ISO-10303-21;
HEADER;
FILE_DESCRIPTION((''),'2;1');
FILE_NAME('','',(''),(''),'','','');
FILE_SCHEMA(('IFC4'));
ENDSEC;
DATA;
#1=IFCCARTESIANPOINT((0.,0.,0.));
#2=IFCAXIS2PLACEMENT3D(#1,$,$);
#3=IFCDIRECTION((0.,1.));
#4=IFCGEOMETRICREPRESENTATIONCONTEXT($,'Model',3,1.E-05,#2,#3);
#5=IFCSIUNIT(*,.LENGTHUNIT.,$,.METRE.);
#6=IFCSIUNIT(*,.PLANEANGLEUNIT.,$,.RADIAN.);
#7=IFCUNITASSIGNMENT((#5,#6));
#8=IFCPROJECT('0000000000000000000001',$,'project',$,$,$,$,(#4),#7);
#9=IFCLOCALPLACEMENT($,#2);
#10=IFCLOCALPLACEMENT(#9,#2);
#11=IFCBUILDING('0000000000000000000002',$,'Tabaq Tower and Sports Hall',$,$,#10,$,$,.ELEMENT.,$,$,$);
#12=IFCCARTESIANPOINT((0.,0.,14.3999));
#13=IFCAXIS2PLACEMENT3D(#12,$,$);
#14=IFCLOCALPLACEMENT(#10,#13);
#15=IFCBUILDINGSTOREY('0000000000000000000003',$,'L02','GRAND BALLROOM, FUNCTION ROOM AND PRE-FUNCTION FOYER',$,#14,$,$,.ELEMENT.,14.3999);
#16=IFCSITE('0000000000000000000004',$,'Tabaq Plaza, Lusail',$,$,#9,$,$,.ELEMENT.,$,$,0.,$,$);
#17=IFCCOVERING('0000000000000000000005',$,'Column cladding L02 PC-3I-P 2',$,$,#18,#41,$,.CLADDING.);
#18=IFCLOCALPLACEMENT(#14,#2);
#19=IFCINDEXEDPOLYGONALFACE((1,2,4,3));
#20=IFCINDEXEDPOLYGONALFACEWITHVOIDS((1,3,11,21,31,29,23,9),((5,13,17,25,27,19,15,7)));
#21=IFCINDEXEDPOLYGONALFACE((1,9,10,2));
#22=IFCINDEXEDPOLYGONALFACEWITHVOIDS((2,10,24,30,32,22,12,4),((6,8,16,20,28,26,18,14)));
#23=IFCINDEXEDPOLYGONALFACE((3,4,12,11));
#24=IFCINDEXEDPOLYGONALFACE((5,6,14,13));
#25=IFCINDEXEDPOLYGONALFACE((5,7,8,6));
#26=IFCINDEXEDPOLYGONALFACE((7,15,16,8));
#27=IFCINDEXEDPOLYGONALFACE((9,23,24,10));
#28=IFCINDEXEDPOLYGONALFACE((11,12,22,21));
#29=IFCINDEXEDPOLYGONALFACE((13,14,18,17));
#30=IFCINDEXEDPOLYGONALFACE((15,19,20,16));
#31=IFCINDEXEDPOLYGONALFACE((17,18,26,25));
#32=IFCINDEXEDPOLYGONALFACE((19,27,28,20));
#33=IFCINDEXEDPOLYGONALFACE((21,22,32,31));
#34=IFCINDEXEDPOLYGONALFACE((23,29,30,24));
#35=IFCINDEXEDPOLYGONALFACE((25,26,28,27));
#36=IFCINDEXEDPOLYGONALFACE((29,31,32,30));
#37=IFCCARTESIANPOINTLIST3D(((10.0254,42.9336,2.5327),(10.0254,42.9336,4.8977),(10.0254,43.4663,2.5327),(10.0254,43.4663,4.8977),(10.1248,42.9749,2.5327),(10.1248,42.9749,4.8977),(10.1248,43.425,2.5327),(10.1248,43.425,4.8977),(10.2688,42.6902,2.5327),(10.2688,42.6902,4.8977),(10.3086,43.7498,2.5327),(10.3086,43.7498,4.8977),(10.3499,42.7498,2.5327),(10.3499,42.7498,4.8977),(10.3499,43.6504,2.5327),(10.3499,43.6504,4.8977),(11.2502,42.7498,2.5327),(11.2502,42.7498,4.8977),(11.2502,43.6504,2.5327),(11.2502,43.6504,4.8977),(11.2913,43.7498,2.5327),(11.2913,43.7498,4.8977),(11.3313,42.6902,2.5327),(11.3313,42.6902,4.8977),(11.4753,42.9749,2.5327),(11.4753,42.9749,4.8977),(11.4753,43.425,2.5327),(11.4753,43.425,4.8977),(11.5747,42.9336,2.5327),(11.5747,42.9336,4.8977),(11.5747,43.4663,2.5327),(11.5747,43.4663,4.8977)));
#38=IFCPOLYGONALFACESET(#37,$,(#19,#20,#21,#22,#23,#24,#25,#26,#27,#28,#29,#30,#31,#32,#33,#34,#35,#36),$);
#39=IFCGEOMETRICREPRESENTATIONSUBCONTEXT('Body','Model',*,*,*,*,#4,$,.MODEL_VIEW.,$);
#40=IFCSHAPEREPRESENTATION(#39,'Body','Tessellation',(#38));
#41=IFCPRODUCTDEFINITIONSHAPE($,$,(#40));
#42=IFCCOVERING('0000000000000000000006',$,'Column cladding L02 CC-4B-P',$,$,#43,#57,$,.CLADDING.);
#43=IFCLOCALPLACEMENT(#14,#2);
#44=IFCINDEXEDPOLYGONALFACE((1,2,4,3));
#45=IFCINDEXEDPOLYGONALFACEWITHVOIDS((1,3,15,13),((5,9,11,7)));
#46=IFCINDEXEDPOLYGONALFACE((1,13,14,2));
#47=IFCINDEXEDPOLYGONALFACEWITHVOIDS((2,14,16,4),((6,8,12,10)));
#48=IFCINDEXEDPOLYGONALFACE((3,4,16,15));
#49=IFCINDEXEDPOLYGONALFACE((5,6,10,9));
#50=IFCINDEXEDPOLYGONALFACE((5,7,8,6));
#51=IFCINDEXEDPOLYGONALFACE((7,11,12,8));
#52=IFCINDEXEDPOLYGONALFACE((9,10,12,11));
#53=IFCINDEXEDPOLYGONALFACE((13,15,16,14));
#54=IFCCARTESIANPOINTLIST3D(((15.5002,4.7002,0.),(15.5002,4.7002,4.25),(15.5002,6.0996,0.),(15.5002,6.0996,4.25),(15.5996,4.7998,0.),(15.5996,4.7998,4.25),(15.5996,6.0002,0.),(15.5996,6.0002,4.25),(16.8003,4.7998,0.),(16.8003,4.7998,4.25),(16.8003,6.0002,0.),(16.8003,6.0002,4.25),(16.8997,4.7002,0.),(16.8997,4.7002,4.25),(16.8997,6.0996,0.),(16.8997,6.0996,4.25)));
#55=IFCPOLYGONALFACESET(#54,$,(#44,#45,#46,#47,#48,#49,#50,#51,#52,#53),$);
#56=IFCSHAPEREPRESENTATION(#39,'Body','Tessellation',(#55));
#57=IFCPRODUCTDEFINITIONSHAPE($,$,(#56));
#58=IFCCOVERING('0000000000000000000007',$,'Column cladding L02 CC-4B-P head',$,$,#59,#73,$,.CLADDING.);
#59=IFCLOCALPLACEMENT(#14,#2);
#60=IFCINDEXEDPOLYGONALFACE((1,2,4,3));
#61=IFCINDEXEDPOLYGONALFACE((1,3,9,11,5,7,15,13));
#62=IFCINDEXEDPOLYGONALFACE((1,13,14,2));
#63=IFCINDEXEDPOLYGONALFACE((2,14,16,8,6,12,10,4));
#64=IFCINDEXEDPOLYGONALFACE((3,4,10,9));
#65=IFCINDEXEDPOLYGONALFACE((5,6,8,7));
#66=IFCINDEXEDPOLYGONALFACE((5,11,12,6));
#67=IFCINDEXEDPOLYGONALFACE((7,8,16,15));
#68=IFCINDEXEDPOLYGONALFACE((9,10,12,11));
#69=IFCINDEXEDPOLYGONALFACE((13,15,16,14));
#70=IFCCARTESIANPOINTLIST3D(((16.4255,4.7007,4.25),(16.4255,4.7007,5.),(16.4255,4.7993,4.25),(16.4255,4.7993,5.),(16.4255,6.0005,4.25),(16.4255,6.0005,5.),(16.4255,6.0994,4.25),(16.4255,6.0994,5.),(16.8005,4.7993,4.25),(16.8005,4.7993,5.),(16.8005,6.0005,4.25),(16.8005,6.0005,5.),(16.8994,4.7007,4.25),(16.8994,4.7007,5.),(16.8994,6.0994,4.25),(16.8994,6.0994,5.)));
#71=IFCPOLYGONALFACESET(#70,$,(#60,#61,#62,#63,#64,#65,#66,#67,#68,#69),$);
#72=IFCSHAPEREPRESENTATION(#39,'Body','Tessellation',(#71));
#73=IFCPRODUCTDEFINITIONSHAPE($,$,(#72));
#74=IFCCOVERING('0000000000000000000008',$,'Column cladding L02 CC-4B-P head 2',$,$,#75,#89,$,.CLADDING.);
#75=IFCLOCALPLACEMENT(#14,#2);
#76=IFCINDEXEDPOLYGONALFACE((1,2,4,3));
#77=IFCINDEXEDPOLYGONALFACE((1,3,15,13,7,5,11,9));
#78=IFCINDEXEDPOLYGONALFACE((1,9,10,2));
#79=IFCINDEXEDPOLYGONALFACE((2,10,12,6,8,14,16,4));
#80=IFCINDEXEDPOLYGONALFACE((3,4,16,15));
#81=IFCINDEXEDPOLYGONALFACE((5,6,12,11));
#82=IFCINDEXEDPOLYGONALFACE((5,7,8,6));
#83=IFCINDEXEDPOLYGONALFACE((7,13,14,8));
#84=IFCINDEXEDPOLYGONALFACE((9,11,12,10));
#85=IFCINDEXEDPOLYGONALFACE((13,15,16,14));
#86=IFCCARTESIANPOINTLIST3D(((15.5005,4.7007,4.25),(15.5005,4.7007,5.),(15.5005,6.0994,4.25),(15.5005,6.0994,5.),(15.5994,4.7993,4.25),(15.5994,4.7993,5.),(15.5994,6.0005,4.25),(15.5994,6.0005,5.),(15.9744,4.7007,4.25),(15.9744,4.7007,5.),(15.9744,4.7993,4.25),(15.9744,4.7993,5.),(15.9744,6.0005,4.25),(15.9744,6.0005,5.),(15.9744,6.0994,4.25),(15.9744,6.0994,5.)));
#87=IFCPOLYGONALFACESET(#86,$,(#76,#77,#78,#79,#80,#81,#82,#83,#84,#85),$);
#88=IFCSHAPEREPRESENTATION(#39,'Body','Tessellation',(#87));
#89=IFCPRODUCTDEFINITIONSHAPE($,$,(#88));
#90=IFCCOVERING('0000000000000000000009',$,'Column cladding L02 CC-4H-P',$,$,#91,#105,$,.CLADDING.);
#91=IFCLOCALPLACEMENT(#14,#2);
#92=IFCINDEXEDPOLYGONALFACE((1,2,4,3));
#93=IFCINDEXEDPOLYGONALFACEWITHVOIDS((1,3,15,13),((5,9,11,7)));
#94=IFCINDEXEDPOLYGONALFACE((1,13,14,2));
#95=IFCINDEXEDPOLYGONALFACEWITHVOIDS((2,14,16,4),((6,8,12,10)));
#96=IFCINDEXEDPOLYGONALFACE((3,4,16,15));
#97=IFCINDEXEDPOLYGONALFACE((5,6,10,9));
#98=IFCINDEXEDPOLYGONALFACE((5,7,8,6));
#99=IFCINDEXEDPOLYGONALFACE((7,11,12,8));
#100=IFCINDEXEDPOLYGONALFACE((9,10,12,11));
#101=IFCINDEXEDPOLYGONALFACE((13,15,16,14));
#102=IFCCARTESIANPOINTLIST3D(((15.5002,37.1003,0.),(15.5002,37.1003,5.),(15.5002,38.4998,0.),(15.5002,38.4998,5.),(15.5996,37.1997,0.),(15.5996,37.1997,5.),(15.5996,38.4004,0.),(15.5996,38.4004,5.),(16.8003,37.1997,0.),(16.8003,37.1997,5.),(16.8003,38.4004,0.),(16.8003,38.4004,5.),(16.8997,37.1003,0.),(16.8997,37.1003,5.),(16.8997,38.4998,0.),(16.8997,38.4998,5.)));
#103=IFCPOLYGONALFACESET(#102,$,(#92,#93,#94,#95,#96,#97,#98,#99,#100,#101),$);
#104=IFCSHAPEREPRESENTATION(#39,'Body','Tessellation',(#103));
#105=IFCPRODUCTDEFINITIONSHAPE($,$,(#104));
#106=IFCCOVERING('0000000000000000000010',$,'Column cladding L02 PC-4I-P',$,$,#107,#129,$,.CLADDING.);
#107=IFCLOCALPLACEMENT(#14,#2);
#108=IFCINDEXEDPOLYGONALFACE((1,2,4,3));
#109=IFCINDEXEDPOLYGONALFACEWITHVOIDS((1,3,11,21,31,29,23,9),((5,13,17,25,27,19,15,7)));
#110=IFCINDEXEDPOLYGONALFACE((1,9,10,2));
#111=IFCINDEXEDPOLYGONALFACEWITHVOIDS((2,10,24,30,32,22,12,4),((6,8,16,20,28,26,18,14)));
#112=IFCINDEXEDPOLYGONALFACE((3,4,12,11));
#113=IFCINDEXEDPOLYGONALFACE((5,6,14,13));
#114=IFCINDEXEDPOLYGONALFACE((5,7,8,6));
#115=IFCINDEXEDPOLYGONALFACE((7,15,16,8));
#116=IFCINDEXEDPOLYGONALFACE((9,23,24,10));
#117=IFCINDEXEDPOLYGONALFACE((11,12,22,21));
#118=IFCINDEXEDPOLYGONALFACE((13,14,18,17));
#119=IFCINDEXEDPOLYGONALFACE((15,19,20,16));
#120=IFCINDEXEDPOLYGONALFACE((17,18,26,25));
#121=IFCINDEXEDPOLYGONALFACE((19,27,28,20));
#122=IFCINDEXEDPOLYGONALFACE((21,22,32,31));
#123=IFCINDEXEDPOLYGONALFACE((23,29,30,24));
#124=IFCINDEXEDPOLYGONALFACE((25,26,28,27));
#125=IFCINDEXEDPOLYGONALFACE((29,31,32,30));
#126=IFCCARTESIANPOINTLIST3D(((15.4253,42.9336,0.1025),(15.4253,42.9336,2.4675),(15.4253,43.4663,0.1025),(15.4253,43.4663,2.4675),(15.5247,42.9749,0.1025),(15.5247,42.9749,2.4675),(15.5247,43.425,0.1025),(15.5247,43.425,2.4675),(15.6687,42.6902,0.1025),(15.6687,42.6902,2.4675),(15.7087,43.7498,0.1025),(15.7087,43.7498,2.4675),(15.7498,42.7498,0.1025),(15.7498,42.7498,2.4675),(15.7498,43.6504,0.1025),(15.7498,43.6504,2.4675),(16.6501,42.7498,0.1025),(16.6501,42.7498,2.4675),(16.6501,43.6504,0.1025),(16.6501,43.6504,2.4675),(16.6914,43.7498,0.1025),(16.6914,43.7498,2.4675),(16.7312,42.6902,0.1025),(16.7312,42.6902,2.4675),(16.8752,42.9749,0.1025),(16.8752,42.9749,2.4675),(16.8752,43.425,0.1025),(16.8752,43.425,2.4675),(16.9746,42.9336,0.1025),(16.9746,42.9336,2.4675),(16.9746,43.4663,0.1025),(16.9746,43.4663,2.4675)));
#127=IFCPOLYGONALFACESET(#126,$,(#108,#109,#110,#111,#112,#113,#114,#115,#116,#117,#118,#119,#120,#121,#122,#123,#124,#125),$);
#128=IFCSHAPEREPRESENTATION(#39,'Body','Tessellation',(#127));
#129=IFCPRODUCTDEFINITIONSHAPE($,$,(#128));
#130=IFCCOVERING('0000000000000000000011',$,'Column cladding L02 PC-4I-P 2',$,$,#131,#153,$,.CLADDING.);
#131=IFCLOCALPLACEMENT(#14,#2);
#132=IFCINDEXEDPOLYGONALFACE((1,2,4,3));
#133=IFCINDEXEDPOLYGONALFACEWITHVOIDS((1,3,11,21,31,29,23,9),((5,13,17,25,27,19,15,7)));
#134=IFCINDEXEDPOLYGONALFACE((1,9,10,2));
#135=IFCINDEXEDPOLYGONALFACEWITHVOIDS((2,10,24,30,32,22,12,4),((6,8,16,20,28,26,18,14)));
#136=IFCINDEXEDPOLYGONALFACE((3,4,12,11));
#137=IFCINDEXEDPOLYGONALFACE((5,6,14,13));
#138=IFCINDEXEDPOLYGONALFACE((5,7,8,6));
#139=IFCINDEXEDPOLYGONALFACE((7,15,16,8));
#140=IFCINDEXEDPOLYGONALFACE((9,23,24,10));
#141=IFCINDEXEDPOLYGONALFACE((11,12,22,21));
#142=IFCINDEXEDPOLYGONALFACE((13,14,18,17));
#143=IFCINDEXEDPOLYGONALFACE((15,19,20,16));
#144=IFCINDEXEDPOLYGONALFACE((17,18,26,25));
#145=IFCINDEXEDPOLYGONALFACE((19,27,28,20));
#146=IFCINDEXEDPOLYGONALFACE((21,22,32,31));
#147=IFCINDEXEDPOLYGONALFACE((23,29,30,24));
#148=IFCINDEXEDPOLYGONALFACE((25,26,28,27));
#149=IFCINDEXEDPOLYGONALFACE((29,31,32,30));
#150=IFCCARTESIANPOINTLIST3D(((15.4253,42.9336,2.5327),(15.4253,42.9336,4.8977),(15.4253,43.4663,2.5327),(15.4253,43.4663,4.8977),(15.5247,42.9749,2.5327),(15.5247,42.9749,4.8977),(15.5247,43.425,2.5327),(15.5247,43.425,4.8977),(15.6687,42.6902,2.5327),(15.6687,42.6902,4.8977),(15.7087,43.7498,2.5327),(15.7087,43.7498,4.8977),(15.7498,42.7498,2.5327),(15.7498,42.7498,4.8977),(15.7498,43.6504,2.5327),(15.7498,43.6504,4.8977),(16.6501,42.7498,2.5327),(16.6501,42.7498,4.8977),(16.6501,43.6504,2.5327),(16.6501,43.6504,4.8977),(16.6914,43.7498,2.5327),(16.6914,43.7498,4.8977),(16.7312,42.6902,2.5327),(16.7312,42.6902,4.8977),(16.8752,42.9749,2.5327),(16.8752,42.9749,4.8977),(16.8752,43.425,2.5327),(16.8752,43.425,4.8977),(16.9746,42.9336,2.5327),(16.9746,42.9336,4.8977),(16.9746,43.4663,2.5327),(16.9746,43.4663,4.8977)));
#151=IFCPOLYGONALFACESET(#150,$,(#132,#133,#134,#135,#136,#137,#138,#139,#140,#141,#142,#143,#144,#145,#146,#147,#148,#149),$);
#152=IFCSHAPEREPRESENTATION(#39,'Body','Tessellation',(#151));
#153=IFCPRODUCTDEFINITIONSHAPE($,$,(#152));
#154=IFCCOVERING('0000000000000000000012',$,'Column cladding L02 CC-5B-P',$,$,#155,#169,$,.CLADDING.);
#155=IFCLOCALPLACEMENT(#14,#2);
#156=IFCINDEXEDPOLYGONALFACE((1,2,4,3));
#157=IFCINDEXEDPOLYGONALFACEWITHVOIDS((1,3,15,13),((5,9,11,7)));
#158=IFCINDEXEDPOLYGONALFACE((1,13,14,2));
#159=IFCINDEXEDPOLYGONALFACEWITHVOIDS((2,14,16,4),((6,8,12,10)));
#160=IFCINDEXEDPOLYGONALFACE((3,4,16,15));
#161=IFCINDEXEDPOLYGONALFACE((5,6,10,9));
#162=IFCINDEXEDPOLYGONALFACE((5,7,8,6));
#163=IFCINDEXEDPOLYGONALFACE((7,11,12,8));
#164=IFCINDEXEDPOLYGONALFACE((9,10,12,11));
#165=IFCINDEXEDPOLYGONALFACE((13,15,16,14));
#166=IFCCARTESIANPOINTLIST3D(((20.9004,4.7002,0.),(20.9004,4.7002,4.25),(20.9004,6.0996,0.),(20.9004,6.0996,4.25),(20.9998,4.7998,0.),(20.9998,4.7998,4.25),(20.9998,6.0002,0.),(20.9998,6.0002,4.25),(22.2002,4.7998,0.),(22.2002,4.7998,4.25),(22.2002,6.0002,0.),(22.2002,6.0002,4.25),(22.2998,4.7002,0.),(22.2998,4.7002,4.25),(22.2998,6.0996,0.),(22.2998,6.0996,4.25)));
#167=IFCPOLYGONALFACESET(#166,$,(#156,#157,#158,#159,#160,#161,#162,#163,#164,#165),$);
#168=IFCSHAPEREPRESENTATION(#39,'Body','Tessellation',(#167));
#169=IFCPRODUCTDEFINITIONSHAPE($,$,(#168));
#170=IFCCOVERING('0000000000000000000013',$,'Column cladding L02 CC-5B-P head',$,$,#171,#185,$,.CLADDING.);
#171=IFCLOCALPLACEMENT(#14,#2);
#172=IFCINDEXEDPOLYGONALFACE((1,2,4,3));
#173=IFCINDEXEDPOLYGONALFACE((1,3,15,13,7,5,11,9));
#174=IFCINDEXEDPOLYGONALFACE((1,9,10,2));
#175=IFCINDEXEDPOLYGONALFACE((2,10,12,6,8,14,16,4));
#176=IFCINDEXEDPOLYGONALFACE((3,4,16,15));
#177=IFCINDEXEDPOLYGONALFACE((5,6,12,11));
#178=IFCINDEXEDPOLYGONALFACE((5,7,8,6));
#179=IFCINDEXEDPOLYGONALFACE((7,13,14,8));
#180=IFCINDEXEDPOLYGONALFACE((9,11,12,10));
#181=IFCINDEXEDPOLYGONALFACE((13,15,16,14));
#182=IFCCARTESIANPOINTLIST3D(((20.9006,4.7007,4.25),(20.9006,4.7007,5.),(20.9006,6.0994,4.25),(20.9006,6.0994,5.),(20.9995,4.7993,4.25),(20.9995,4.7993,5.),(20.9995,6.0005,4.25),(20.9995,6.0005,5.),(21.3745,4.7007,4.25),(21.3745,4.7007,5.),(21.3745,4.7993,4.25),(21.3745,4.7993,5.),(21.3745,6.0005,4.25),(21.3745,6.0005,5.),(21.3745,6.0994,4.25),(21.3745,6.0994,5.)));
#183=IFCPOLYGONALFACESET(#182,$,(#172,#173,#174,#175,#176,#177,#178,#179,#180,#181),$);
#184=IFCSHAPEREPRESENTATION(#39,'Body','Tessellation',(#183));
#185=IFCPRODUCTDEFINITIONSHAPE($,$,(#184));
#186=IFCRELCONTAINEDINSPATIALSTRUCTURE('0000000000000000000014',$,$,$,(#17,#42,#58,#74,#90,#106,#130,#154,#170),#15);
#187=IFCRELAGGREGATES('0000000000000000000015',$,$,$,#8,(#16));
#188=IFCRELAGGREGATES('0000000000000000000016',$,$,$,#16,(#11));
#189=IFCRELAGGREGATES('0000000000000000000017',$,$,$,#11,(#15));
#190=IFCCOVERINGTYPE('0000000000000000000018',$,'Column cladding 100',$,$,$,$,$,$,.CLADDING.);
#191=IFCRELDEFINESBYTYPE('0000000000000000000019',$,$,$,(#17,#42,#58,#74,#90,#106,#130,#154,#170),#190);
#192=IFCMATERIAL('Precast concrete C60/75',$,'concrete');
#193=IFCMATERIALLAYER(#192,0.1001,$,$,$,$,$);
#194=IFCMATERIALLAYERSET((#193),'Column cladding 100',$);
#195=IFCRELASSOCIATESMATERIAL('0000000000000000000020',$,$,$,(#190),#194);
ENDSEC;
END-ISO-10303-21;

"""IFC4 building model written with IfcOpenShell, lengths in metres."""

from ifc_helpers import new_model, si_unit, direction, frame, origin, place, context, subcontext, project, spatial, polyline, outline, extrude, material, layer, layer_set, type_object, element, save


model = new_model("IFC4")

# Units and contexts
model_context = context("Model", 3, precision=1e-05, world=origin(), true_north=direction((0.0, 1.0)))
body_context = subcontext(model_context, "Body", "Model", "MODEL_VIEW")
ifc_project = project(units=[si_unit("LENGTHUNIT", "METRE"), si_unit("PLANEANGLEUNIT", "RADIAN")], contexts=[model_context])

# Site, building, storey
site_placement = place(None, origin())
site = spatial("IfcSite", under=ifc_project, at=site_placement, Name="Tabaq Plaza, Lusail", CompositionType="ELEMENT", RefElevation=0.0)
building_placement = place(site_placement, origin())
building = spatial("IfcBuilding", under=site, at=building_placement, Name="Tabaq Tower and Sports Hall", CompositionType="ELEMENT")
storey_placement = place(building_placement, frame((0.0, 0.0, 14.3999)))
storey = spatial("IfcBuildingStorey", under=building, at=storey_placement, Name="L02", Description="GRAND BALLROOM, FUNCTION ROOM AND PRE-FUNCTION FOYER", CompositionType="ELEMENT", Elevation=14.3999)

# Coverings
ifc_material = material(Name="Precast concrete C60/75", Category="concrete")
ifc_layer = layer(ifc_material, 0.1001)
ifc_layer_set = layer_set([ifc_layer], Name="Column cladding 100")
covering_type = type_object("IfcCoveringType", Name="Column cladding 100", PredefinedType="CLADDING", material=ifc_layer_set)
covering_1_placement = place(storey_placement, frame((0.0, 0.0, 2.5327)))
element("IfcCovering", 1, at=covering_1_placement, inside=storey, type_object=covering_type, Name="Column cladding L02 PC-3I-P 2", PredefinedType="CLADDING", context=body_context, shape_type="SweptSolid", body=[
    extrude(outline(polyline([(10.0254, 43.4663), (10.3086, 43.7498), (11.2913, 43.7498), (11.5747, 43.4663), (11.5747, 42.9336), (11.3313, 42.6902), (10.2688, 42.6902), (10.0254, 42.9336), (10.0254, 43.4663)]), holes=[polyline([(11.4753, 42.9749), (11.4753, 43.425), (11.2502, 43.6504), (10.3499, 43.6504), (10.1248, 43.425), (10.1248, 42.9749), (10.3499, 42.7498), (11.2502, 42.7498), (11.4753, 42.9749)])]), origin(), (0.0, 0.0, 1.0), 2.365),
])
covering_2_placement = place(storey_placement, origin())
element("IfcCovering", 2, at=covering_2_placement, inside=storey, type_object=covering_type, Name="Column cladding L02 CC-4B-P", PredefinedType="CLADDING", context=body_context, shape_type="SweptSolid", body=[
    extrude(outline(polyline([(15.5002, 6.0996), (16.8997, 6.0996), (16.8997, 4.7002), (15.5002, 4.7002), (15.5002, 6.0996)]), holes=[polyline([(16.8003, 4.7998), (16.8003, 6.0002), (15.5996, 6.0002), (15.5996, 4.7998), (16.8003, 4.7998)])]), origin(), (0.0, 0.0, 1.0), 4.25),
])
covering_3_placement = place(storey_placement, frame((0.0, 0.0, 4.25)))
element("IfcCovering", 3, at=covering_3_placement, inside=storey, type_object=covering_type, Name="Column cladding L02 CC-4B-P head", PredefinedType="CLADDING", context=body_context, shape_type="SweptSolid", body=[
    extrude(outline(polyline([(16.4255, 4.7993), (16.8005, 4.7993), (16.8005, 6.0005), (16.4255, 6.0005), (16.4255, 6.0994), (16.8994, 6.0994), (16.8994, 4.7007), (16.4255, 4.7007), (16.4255, 4.7993)])), origin(), (0.0, 0.0, 1.0), 0.75),
])
covering_4_placement = place(storey_placement, frame((0.0, 0.0, 4.25)))
element("IfcCovering", 4, at=covering_4_placement, inside=storey, type_object=covering_type, Name="Column cladding L02 CC-4B-P head 2", PredefinedType="CLADDING", context=body_context, shape_type="SweptSolid", body=[
    extrude(outline(polyline([(15.9744, 4.7993), (15.9744, 4.7007), (15.5005, 4.7007), (15.5005, 6.0994), (15.9744, 6.0994), (15.9744, 6.0005), (15.5994, 6.0005), (15.5994, 4.7993), (15.9744, 4.7993)])), origin(), (0.0, 0.0, 1.0), 0.75),
])
covering_5_placement = place(storey_placement, origin())
element("IfcCovering", 5, at=covering_5_placement, inside=storey, type_object=covering_type, Name="Column cladding L02 CC-4H-P", PredefinedType="CLADDING", context=body_context, shape_type="SweptSolid", body=[
    extrude(outline(polyline([(15.5002, 38.4998), (16.8997, 38.4998), (16.8997, 37.1003), (15.5002, 37.1003), (15.5002, 38.4998)]), holes=[polyline([(16.8003, 37.1997), (16.8003, 38.4004), (15.5996, 38.4004), (15.5996, 37.1997), (16.8003, 37.1997)])]), origin(), (0.0, 0.0, 1.0), 5.0),
])
for number, where, name in (
    (6, (0.0, 0.0, 0.1025), "Column cladding L02 PC-4I-P"),
    (7, (0.0, 0.0, 2.5327), "Column cladding L02 PC-4I-P 2"),
):
    element("IfcCovering", number, at=place(storey_placement, frame(where)), inside=storey, type_object=covering_type, Name=name, PredefinedType="CLADDING", context=body_context, shape_type="SweptSolid", body=[
        extrude(outline(polyline([(15.4253, 43.4663), (15.7087, 43.7498), (16.6914, 43.7498), (16.9746, 43.4663), (16.9746, 42.9336), (16.7312, 42.6902), (15.6687, 42.6902), (15.4253, 42.9336), (15.4253, 43.4663)]), holes=[polyline([(16.8752, 42.9749), (16.8752, 43.425), (16.6501, 43.6504), (15.7498, 43.6504), (15.5247, 43.425), (15.5247, 42.9749), (15.7498, 42.7498), (16.6501, 42.7498), (16.8752, 42.9749)])]), origin(), (0.0, 0.0, 1.0), 2.365),
    ])
covering_6_placement = place(storey_placement, origin())
element("IfcCovering", 8, at=covering_6_placement, inside=storey, type_object=covering_type, Name="Column cladding L02 CC-5B-P", PredefinedType="CLADDING", context=body_context, shape_type="SweptSolid", body=[
    extrude(outline(polyline([(20.9004, 6.0996), (22.2998, 6.0996), (22.2998, 4.7002), (20.9004, 4.7002), (20.9004, 6.0996)]), holes=[polyline([(22.2002, 4.7998), (22.2002, 6.0002), (20.9998, 6.0002), (20.9998, 4.7998), (22.2002, 4.7998)])]), origin(), (0.0, 0.0, 1.0), 4.25),
])
covering_7_placement = place(storey_placement, frame((0.0, 0.0, 4.25)))
element("IfcCovering", 9, at=covering_7_placement, inside=storey, type_object=covering_type, Name="Column cladding L02 CC-5B-P head", PredefinedType="CLADDING", context=body_context, shape_type="SweptSolid", body=[
    extrude(outline(polyline([(21.3745, 4.7993), (21.3745, 4.7007), (20.9006, 4.7007), (20.9006, 6.0994), (21.3745, 6.0994), (21.3745, 6.0005), (20.9995, 6.0005), (20.9995, 4.7993), (21.3745, 4.7993)])), origin(), (0.0, 0.0, 1.0), 0.75),
])

save(model, "model.ifc")
